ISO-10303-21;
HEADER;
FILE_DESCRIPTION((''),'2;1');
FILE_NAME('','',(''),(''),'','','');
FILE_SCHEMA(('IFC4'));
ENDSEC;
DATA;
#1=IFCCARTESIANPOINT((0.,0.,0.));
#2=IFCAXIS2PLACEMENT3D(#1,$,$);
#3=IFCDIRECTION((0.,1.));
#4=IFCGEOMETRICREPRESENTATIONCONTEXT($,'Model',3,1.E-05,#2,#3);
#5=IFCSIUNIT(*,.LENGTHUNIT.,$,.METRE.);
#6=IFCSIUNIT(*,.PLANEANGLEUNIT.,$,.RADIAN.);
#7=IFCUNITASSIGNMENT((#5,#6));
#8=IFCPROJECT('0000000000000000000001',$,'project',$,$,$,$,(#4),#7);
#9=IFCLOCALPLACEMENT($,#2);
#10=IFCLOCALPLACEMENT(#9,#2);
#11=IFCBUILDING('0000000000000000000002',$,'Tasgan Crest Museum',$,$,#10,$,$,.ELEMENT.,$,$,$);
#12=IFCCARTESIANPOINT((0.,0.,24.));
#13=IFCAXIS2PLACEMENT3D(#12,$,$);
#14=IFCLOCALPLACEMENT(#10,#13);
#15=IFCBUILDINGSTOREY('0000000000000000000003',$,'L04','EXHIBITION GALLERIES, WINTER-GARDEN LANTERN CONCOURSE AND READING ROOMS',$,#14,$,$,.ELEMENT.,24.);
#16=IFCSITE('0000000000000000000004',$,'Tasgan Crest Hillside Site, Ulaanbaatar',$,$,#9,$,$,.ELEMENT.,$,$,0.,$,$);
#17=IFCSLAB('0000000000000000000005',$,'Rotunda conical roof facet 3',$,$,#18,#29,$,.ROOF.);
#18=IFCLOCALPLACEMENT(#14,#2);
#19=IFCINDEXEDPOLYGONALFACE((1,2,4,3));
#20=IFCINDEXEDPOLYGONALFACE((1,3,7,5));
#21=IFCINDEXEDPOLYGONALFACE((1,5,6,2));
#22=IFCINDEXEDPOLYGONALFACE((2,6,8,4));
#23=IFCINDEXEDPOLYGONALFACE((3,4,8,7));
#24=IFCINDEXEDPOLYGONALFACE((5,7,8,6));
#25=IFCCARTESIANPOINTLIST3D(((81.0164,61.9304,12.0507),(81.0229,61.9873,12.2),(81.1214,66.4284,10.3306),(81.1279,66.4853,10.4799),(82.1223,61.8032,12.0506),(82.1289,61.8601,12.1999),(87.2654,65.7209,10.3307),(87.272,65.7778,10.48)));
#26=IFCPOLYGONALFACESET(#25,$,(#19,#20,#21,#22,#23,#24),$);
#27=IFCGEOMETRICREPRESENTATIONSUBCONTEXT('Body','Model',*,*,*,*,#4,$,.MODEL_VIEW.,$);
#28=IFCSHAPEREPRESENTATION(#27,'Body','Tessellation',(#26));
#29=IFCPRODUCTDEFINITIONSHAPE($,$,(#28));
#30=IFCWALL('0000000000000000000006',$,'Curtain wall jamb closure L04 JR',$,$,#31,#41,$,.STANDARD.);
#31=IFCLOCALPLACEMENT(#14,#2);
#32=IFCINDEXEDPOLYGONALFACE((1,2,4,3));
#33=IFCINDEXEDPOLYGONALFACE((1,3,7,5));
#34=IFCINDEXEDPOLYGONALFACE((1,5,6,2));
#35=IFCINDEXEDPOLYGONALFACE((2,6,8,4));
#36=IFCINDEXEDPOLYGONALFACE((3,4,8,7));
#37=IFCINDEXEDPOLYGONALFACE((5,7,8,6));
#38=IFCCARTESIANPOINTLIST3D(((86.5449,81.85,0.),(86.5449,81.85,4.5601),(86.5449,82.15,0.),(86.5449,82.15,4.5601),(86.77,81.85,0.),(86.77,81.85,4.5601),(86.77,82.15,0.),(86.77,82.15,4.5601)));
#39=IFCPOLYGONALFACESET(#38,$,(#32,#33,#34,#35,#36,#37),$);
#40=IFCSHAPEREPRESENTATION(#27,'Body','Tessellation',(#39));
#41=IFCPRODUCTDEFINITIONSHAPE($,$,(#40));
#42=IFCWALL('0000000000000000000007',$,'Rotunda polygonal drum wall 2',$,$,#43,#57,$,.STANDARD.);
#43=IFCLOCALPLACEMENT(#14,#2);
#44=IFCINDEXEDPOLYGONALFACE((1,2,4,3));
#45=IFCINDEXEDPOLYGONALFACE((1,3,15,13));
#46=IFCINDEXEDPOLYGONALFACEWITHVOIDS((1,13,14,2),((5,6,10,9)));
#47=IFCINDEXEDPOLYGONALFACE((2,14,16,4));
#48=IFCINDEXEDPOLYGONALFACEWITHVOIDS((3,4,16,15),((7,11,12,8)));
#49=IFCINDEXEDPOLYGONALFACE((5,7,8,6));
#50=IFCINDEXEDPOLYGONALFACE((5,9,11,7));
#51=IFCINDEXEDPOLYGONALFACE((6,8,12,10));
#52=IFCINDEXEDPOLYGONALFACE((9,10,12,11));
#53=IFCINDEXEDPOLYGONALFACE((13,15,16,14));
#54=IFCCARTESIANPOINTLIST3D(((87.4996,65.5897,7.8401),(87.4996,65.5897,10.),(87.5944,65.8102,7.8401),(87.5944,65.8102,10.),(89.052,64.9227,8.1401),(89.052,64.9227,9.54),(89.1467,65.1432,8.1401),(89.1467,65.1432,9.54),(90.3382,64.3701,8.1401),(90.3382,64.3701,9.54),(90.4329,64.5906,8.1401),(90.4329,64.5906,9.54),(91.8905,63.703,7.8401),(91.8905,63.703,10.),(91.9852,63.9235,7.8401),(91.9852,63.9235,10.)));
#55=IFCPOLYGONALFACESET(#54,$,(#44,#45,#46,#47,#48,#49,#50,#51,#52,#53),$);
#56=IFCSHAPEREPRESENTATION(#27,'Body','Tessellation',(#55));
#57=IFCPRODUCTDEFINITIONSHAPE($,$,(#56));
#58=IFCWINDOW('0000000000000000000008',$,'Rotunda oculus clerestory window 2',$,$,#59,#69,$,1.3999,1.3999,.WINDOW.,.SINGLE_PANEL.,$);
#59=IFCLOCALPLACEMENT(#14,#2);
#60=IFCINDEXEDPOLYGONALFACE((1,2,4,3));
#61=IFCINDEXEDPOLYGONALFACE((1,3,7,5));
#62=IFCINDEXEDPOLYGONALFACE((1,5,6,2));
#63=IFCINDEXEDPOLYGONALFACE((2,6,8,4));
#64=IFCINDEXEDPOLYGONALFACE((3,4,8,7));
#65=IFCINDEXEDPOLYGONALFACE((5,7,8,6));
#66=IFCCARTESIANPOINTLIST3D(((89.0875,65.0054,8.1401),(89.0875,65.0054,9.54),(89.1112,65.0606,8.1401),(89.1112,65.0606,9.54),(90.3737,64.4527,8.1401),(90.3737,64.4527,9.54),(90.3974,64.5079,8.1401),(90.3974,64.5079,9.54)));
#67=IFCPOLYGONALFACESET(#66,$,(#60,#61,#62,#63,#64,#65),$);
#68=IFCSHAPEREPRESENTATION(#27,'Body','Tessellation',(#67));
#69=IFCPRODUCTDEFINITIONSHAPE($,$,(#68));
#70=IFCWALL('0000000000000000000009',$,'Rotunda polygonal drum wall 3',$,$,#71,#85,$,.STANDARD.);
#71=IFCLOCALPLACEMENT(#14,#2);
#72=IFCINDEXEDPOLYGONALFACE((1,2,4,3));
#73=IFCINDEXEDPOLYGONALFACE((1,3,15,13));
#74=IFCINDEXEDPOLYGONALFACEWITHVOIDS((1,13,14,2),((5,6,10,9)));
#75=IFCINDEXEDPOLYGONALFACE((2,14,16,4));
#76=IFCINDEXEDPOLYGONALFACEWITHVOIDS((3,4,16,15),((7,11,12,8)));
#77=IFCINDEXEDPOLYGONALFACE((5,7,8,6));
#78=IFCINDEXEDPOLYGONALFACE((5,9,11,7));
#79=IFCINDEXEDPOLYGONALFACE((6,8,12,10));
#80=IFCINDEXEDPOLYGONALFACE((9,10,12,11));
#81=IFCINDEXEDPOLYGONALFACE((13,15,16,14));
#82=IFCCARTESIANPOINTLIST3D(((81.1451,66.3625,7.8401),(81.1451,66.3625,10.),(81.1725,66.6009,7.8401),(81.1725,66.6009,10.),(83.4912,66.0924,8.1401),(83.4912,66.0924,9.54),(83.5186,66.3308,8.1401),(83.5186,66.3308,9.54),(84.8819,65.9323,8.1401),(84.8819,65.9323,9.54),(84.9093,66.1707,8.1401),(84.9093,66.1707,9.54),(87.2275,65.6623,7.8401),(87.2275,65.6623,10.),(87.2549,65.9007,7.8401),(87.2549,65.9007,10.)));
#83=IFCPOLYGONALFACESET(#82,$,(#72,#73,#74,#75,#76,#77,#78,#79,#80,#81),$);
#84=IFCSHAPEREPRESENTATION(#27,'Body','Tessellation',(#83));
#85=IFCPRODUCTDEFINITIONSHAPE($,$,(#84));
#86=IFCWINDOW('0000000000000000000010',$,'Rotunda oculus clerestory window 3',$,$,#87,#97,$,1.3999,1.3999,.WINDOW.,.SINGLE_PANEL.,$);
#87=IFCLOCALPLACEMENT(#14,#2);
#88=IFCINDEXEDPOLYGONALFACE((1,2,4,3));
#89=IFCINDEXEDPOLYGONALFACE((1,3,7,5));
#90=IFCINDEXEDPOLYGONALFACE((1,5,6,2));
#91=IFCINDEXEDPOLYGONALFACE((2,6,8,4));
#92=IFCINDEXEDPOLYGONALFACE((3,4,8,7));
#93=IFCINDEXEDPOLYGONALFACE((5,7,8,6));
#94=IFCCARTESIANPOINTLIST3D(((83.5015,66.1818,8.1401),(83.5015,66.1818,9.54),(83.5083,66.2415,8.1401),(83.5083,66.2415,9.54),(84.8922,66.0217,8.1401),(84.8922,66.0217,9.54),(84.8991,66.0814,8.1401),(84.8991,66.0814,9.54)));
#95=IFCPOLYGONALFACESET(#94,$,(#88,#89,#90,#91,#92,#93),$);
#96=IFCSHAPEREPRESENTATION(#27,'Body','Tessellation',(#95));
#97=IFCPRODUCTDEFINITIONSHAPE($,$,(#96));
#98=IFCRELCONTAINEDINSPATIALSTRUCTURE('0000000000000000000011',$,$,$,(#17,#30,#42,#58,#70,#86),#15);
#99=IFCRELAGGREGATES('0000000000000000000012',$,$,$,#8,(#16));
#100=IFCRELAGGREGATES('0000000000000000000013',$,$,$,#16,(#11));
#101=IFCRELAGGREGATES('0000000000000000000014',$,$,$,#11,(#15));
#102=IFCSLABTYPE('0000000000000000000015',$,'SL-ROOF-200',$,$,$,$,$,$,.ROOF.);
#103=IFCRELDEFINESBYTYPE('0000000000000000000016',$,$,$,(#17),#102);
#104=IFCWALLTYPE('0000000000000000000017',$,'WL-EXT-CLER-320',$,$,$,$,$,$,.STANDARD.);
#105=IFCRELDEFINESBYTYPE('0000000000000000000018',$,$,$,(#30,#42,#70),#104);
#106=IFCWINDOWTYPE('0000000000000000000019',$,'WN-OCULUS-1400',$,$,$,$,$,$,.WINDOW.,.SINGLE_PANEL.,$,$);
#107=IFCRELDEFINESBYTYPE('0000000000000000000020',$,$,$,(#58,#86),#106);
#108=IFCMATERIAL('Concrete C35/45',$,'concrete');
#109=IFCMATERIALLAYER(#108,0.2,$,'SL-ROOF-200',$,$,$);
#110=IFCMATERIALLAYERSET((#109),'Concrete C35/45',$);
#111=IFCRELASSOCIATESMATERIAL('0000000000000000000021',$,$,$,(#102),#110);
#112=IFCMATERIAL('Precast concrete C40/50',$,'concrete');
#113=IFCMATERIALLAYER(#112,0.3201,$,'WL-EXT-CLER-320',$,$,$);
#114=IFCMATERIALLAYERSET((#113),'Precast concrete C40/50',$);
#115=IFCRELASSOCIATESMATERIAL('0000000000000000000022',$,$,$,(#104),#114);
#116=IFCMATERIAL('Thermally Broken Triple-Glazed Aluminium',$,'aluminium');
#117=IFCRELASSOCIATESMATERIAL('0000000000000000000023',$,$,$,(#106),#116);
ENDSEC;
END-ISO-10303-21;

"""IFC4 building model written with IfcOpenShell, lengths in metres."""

from ifc_helpers import new_model, si_unit, direction, frame, frame_2d, origin, place, context, subcontext, project, spatial, polyline, rectangle, outline, extrude, material, layer, layer_set, type_object, element, fill, save


model = new_model("IFC4")

# Units and contexts
model_context = context("Model", 3, precision=1e-05, world=origin(), true_north=direction((0.0, 1.0)))
body_context = subcontext(model_context, "Body", "Model", "MODEL_VIEW")
ifc_project = project(units=[si_unit("LENGTHUNIT", "METRE"), si_unit("PLANEANGLEUNIT", "RADIAN")], contexts=[model_context])

# Site, building, storey
site_placement = place(None, origin())
site = spatial("IfcSite", under=ifc_project, at=site_placement, Name="Tasgan Crest Hillside Site, Ulaanbaatar", CompositionType="ELEMENT", RefElevation=0.0)
building_placement = place(site_placement, origin())
building = spatial("IfcBuilding", under=site, at=building_placement, Name="Tasgan Crest Museum", CompositionType="ELEMENT")
storey_placement = place(building_placement, frame((0.0, 0.0, 24.0)))
storey = spatial("IfcBuildingStorey", under=building, at=storey_placement, Name="L04", Description="EXHIBITION GALLERIES, WINTER-GARDEN LANTERN CONCOURSE AND READING ROOMS", CompositionType="ELEMENT", Elevation=24.0)

# Slab
ifc_material_1 = material(Name="Concrete C35/45", Category="concrete")
ifc_layer_1 = layer(ifc_material_1, 0.2, Name="SL-ROOF-200")
ifc_layer_set_1 = layer_set([ifc_layer_1], Name="Concrete C35/45")
slab_type = type_object("IfcSlabType", Name="SL-ROOF-200", PredefinedType="ROOF", material=ifc_layer_set_1)
slab_1_placement = place(storey_placement, frame((87.272, 65.7778, 10.48), z_axis=(0.040992, 0.356035, 0.933573), x_axis=(-0.993435, 0.114397, -0.000007)))
element("IfcSlab", 1, at=slab_1_placement, inside=storey, type_object=slab_type, Name="Rotunda conical roof facet 3", PredefinedType="ROOF", context=body_context, shape_type="SweptSolid", body=[
    extrude(outline(polyline([(0.0, 0.0), (6.1846, 0.0), (5.7744, 4.7993), (4.6611, 4.7992), (0.0, 0.0)])), origin(), (0.0, 0.0, -1.0), 0.1599),
])

# Wall
ifc_material_2 = material(Name="Precast concrete C40/50", Category="concrete")
ifc_layer_2 = layer(ifc_material_2, 0.3201, Name="WL-EXT-CLER-320")
ifc_layer_set_2 = layer_set([ifc_layer_2], Name="Precast concrete C40/50")
wall_type = type_object("IfcWallType", Name="WL-EXT-CLER-320", PredefinedType="STANDARD", material=ifc_layer_set_2)
wall_1_placement = place(storey_placement, frame((86.77, 82.0, 0.0), z_axis=(0.0, 0.0, 1.0), x_axis=(-1.0, 0.0, 0.0)))
element("IfcWall", 2, at=wall_1_placement, inside=storey, type_object=wall_type, Name="Curtain wall jamb closure L04 JR", PredefinedType="STANDARD", context=body_context, shape_type="SweptSolid", body=[
    extrude(rectangle(XDim=0.2251, YDim=0.3, at=frame_2d((0.1125, 0.0))), origin(), (0.0, 0.0, 1.0), 4.5601),
])

# Walls, openings, windows
wall_2_placement = place(storey_placement, frame((91.938, 63.8132, 7.8401), z_axis=(0.0, 0.0, 1.0), x_axis=(-0.918772, 0.394788, 0.0)))
wall_2 = element("IfcWall", 3, at=wall_2_placement, inside=storey, type_object=wall_type, Name="Rotunda polygonal drum wall 2", PredefinedType="STANDARD", context=body_context, shape_type="SweptSolid", body=[
    extrude(rectangle(XDim=4.7791, YDim=0.24, at=frame_2d((2.3896, 0.0))), origin(), (0.0, 0.0, 1.0), 2.1599),
])
opening_1_placement = place(wall_2_placement, frame((1.6897, 0.0, 0.3)))
opening_1 = element("IfcOpeningElement", 4, at=opening_1_placement, cuts=wall_2, PredefinedType="OPENING", context=body_context, shape_type="SweptSolid", body=[
    extrude(rectangle(XDim=1.3999, YDim=1.3999, at=frame_2d((0.7, 0.7))), frame((0.0, 0.1299, 0.0), z_axis=(0.0, -1.0, 0.0), x_axis=(1.0, 0.0, 0.0)), (0.0, 0.0, 1.0), 0.26),
])
ifc_material_3 = material(Name="Thermally Broken Triple-Glazed Aluminium", Category="aluminium")
window_type = type_object("IfcWindowType", Name="WN-OCULUS-1400", PartitioningType="SINGLE_PANEL", PredefinedType="WINDOW", material=ifc_material_3)
window_1_placement = place(opening_1_placement, origin())
window_1 = element("IfcWindow", 5, at=window_1_placement, inside=storey, type_object=window_type, Name="Rotunda oculus clerestory window 2", OverallHeight=1.3999, OverallWidth=1.3999, PartitioningType="SINGLE_PANEL", PredefinedType="WINDOW", context=body_context, shape_type="SweptSolid", body=[
    extrude(rectangle(XDim=1.3999, YDim=1.3999, at=frame_2d((0.7, 0.7))), frame((0.0, 0.03, 0.0), z_axis=(0.0, -1.0, 0.0), x_axis=(1.0, 0.0, 0.0)), (0.0, 0.0, 1.0), 0.0601),
])
fill(opening_1, window_1)
wall_3_placement = place(storey_placement, frame((87.2412, 65.7815, 7.8401), z_axis=(0.0, 0.0, 1.0), x_axis=(-0.993439, 0.114365, 0.0)))
wall_3 = element("IfcWall", 6, at=wall_3_placement, inside=storey, type_object=wall_type, Name="Rotunda polygonal drum wall 3", PredefinedType="STANDARD", context=body_context, shape_type="SweptSolid", body=[
    extrude(rectangle(XDim=6.1226, YDim=0.24, at=frame_2d((3.0613, 0.0))), origin(), (0.0, 0.0, 1.0), 2.1599),
])
opening_2_placement = place(wall_3_placement, frame((2.3611, 0.0, 0.3)))
opening_2 = element("IfcOpeningElement", 7, at=opening_2_placement, cuts=wall_3, PredefinedType="OPENING", context=body_context, shape_type="SweptSolid", body=[
    extrude(rectangle(XDim=1.3999, YDim=1.3999, at=frame_2d((0.7, 0.7))), frame((0.0, 0.1299, 0.0), z_axis=(0.0, -1.0, 0.0), x_axis=(1.0, 0.0, 0.0)), (0.0, 0.0, 1.0), 0.26),
])
window_2_placement = place(opening_2_placement, origin())
window_2 = element("IfcWindow", 8, at=window_2_placement, inside=storey, type_object=window_type, Name="Rotunda oculus clerestory window 3", OverallHeight=1.3999, OverallWidth=1.3999, PartitioningType="SINGLE_PANEL", PredefinedType="WINDOW", context=body_context, shape_type="SweptSolid", body=[
    extrude(rectangle(XDim=1.3999, YDim=1.3999, at=frame_2d((0.7, 0.7))), frame((0.0, 0.03, 0.0), z_axis=(0.0, -1.0, 0.0), x_axis=(1.0, 0.0, 0.0)), (0.0, 0.0, 1.0), 0.0601),
])
fill(opening_2, window_2)

save(model, "model.ifc")
